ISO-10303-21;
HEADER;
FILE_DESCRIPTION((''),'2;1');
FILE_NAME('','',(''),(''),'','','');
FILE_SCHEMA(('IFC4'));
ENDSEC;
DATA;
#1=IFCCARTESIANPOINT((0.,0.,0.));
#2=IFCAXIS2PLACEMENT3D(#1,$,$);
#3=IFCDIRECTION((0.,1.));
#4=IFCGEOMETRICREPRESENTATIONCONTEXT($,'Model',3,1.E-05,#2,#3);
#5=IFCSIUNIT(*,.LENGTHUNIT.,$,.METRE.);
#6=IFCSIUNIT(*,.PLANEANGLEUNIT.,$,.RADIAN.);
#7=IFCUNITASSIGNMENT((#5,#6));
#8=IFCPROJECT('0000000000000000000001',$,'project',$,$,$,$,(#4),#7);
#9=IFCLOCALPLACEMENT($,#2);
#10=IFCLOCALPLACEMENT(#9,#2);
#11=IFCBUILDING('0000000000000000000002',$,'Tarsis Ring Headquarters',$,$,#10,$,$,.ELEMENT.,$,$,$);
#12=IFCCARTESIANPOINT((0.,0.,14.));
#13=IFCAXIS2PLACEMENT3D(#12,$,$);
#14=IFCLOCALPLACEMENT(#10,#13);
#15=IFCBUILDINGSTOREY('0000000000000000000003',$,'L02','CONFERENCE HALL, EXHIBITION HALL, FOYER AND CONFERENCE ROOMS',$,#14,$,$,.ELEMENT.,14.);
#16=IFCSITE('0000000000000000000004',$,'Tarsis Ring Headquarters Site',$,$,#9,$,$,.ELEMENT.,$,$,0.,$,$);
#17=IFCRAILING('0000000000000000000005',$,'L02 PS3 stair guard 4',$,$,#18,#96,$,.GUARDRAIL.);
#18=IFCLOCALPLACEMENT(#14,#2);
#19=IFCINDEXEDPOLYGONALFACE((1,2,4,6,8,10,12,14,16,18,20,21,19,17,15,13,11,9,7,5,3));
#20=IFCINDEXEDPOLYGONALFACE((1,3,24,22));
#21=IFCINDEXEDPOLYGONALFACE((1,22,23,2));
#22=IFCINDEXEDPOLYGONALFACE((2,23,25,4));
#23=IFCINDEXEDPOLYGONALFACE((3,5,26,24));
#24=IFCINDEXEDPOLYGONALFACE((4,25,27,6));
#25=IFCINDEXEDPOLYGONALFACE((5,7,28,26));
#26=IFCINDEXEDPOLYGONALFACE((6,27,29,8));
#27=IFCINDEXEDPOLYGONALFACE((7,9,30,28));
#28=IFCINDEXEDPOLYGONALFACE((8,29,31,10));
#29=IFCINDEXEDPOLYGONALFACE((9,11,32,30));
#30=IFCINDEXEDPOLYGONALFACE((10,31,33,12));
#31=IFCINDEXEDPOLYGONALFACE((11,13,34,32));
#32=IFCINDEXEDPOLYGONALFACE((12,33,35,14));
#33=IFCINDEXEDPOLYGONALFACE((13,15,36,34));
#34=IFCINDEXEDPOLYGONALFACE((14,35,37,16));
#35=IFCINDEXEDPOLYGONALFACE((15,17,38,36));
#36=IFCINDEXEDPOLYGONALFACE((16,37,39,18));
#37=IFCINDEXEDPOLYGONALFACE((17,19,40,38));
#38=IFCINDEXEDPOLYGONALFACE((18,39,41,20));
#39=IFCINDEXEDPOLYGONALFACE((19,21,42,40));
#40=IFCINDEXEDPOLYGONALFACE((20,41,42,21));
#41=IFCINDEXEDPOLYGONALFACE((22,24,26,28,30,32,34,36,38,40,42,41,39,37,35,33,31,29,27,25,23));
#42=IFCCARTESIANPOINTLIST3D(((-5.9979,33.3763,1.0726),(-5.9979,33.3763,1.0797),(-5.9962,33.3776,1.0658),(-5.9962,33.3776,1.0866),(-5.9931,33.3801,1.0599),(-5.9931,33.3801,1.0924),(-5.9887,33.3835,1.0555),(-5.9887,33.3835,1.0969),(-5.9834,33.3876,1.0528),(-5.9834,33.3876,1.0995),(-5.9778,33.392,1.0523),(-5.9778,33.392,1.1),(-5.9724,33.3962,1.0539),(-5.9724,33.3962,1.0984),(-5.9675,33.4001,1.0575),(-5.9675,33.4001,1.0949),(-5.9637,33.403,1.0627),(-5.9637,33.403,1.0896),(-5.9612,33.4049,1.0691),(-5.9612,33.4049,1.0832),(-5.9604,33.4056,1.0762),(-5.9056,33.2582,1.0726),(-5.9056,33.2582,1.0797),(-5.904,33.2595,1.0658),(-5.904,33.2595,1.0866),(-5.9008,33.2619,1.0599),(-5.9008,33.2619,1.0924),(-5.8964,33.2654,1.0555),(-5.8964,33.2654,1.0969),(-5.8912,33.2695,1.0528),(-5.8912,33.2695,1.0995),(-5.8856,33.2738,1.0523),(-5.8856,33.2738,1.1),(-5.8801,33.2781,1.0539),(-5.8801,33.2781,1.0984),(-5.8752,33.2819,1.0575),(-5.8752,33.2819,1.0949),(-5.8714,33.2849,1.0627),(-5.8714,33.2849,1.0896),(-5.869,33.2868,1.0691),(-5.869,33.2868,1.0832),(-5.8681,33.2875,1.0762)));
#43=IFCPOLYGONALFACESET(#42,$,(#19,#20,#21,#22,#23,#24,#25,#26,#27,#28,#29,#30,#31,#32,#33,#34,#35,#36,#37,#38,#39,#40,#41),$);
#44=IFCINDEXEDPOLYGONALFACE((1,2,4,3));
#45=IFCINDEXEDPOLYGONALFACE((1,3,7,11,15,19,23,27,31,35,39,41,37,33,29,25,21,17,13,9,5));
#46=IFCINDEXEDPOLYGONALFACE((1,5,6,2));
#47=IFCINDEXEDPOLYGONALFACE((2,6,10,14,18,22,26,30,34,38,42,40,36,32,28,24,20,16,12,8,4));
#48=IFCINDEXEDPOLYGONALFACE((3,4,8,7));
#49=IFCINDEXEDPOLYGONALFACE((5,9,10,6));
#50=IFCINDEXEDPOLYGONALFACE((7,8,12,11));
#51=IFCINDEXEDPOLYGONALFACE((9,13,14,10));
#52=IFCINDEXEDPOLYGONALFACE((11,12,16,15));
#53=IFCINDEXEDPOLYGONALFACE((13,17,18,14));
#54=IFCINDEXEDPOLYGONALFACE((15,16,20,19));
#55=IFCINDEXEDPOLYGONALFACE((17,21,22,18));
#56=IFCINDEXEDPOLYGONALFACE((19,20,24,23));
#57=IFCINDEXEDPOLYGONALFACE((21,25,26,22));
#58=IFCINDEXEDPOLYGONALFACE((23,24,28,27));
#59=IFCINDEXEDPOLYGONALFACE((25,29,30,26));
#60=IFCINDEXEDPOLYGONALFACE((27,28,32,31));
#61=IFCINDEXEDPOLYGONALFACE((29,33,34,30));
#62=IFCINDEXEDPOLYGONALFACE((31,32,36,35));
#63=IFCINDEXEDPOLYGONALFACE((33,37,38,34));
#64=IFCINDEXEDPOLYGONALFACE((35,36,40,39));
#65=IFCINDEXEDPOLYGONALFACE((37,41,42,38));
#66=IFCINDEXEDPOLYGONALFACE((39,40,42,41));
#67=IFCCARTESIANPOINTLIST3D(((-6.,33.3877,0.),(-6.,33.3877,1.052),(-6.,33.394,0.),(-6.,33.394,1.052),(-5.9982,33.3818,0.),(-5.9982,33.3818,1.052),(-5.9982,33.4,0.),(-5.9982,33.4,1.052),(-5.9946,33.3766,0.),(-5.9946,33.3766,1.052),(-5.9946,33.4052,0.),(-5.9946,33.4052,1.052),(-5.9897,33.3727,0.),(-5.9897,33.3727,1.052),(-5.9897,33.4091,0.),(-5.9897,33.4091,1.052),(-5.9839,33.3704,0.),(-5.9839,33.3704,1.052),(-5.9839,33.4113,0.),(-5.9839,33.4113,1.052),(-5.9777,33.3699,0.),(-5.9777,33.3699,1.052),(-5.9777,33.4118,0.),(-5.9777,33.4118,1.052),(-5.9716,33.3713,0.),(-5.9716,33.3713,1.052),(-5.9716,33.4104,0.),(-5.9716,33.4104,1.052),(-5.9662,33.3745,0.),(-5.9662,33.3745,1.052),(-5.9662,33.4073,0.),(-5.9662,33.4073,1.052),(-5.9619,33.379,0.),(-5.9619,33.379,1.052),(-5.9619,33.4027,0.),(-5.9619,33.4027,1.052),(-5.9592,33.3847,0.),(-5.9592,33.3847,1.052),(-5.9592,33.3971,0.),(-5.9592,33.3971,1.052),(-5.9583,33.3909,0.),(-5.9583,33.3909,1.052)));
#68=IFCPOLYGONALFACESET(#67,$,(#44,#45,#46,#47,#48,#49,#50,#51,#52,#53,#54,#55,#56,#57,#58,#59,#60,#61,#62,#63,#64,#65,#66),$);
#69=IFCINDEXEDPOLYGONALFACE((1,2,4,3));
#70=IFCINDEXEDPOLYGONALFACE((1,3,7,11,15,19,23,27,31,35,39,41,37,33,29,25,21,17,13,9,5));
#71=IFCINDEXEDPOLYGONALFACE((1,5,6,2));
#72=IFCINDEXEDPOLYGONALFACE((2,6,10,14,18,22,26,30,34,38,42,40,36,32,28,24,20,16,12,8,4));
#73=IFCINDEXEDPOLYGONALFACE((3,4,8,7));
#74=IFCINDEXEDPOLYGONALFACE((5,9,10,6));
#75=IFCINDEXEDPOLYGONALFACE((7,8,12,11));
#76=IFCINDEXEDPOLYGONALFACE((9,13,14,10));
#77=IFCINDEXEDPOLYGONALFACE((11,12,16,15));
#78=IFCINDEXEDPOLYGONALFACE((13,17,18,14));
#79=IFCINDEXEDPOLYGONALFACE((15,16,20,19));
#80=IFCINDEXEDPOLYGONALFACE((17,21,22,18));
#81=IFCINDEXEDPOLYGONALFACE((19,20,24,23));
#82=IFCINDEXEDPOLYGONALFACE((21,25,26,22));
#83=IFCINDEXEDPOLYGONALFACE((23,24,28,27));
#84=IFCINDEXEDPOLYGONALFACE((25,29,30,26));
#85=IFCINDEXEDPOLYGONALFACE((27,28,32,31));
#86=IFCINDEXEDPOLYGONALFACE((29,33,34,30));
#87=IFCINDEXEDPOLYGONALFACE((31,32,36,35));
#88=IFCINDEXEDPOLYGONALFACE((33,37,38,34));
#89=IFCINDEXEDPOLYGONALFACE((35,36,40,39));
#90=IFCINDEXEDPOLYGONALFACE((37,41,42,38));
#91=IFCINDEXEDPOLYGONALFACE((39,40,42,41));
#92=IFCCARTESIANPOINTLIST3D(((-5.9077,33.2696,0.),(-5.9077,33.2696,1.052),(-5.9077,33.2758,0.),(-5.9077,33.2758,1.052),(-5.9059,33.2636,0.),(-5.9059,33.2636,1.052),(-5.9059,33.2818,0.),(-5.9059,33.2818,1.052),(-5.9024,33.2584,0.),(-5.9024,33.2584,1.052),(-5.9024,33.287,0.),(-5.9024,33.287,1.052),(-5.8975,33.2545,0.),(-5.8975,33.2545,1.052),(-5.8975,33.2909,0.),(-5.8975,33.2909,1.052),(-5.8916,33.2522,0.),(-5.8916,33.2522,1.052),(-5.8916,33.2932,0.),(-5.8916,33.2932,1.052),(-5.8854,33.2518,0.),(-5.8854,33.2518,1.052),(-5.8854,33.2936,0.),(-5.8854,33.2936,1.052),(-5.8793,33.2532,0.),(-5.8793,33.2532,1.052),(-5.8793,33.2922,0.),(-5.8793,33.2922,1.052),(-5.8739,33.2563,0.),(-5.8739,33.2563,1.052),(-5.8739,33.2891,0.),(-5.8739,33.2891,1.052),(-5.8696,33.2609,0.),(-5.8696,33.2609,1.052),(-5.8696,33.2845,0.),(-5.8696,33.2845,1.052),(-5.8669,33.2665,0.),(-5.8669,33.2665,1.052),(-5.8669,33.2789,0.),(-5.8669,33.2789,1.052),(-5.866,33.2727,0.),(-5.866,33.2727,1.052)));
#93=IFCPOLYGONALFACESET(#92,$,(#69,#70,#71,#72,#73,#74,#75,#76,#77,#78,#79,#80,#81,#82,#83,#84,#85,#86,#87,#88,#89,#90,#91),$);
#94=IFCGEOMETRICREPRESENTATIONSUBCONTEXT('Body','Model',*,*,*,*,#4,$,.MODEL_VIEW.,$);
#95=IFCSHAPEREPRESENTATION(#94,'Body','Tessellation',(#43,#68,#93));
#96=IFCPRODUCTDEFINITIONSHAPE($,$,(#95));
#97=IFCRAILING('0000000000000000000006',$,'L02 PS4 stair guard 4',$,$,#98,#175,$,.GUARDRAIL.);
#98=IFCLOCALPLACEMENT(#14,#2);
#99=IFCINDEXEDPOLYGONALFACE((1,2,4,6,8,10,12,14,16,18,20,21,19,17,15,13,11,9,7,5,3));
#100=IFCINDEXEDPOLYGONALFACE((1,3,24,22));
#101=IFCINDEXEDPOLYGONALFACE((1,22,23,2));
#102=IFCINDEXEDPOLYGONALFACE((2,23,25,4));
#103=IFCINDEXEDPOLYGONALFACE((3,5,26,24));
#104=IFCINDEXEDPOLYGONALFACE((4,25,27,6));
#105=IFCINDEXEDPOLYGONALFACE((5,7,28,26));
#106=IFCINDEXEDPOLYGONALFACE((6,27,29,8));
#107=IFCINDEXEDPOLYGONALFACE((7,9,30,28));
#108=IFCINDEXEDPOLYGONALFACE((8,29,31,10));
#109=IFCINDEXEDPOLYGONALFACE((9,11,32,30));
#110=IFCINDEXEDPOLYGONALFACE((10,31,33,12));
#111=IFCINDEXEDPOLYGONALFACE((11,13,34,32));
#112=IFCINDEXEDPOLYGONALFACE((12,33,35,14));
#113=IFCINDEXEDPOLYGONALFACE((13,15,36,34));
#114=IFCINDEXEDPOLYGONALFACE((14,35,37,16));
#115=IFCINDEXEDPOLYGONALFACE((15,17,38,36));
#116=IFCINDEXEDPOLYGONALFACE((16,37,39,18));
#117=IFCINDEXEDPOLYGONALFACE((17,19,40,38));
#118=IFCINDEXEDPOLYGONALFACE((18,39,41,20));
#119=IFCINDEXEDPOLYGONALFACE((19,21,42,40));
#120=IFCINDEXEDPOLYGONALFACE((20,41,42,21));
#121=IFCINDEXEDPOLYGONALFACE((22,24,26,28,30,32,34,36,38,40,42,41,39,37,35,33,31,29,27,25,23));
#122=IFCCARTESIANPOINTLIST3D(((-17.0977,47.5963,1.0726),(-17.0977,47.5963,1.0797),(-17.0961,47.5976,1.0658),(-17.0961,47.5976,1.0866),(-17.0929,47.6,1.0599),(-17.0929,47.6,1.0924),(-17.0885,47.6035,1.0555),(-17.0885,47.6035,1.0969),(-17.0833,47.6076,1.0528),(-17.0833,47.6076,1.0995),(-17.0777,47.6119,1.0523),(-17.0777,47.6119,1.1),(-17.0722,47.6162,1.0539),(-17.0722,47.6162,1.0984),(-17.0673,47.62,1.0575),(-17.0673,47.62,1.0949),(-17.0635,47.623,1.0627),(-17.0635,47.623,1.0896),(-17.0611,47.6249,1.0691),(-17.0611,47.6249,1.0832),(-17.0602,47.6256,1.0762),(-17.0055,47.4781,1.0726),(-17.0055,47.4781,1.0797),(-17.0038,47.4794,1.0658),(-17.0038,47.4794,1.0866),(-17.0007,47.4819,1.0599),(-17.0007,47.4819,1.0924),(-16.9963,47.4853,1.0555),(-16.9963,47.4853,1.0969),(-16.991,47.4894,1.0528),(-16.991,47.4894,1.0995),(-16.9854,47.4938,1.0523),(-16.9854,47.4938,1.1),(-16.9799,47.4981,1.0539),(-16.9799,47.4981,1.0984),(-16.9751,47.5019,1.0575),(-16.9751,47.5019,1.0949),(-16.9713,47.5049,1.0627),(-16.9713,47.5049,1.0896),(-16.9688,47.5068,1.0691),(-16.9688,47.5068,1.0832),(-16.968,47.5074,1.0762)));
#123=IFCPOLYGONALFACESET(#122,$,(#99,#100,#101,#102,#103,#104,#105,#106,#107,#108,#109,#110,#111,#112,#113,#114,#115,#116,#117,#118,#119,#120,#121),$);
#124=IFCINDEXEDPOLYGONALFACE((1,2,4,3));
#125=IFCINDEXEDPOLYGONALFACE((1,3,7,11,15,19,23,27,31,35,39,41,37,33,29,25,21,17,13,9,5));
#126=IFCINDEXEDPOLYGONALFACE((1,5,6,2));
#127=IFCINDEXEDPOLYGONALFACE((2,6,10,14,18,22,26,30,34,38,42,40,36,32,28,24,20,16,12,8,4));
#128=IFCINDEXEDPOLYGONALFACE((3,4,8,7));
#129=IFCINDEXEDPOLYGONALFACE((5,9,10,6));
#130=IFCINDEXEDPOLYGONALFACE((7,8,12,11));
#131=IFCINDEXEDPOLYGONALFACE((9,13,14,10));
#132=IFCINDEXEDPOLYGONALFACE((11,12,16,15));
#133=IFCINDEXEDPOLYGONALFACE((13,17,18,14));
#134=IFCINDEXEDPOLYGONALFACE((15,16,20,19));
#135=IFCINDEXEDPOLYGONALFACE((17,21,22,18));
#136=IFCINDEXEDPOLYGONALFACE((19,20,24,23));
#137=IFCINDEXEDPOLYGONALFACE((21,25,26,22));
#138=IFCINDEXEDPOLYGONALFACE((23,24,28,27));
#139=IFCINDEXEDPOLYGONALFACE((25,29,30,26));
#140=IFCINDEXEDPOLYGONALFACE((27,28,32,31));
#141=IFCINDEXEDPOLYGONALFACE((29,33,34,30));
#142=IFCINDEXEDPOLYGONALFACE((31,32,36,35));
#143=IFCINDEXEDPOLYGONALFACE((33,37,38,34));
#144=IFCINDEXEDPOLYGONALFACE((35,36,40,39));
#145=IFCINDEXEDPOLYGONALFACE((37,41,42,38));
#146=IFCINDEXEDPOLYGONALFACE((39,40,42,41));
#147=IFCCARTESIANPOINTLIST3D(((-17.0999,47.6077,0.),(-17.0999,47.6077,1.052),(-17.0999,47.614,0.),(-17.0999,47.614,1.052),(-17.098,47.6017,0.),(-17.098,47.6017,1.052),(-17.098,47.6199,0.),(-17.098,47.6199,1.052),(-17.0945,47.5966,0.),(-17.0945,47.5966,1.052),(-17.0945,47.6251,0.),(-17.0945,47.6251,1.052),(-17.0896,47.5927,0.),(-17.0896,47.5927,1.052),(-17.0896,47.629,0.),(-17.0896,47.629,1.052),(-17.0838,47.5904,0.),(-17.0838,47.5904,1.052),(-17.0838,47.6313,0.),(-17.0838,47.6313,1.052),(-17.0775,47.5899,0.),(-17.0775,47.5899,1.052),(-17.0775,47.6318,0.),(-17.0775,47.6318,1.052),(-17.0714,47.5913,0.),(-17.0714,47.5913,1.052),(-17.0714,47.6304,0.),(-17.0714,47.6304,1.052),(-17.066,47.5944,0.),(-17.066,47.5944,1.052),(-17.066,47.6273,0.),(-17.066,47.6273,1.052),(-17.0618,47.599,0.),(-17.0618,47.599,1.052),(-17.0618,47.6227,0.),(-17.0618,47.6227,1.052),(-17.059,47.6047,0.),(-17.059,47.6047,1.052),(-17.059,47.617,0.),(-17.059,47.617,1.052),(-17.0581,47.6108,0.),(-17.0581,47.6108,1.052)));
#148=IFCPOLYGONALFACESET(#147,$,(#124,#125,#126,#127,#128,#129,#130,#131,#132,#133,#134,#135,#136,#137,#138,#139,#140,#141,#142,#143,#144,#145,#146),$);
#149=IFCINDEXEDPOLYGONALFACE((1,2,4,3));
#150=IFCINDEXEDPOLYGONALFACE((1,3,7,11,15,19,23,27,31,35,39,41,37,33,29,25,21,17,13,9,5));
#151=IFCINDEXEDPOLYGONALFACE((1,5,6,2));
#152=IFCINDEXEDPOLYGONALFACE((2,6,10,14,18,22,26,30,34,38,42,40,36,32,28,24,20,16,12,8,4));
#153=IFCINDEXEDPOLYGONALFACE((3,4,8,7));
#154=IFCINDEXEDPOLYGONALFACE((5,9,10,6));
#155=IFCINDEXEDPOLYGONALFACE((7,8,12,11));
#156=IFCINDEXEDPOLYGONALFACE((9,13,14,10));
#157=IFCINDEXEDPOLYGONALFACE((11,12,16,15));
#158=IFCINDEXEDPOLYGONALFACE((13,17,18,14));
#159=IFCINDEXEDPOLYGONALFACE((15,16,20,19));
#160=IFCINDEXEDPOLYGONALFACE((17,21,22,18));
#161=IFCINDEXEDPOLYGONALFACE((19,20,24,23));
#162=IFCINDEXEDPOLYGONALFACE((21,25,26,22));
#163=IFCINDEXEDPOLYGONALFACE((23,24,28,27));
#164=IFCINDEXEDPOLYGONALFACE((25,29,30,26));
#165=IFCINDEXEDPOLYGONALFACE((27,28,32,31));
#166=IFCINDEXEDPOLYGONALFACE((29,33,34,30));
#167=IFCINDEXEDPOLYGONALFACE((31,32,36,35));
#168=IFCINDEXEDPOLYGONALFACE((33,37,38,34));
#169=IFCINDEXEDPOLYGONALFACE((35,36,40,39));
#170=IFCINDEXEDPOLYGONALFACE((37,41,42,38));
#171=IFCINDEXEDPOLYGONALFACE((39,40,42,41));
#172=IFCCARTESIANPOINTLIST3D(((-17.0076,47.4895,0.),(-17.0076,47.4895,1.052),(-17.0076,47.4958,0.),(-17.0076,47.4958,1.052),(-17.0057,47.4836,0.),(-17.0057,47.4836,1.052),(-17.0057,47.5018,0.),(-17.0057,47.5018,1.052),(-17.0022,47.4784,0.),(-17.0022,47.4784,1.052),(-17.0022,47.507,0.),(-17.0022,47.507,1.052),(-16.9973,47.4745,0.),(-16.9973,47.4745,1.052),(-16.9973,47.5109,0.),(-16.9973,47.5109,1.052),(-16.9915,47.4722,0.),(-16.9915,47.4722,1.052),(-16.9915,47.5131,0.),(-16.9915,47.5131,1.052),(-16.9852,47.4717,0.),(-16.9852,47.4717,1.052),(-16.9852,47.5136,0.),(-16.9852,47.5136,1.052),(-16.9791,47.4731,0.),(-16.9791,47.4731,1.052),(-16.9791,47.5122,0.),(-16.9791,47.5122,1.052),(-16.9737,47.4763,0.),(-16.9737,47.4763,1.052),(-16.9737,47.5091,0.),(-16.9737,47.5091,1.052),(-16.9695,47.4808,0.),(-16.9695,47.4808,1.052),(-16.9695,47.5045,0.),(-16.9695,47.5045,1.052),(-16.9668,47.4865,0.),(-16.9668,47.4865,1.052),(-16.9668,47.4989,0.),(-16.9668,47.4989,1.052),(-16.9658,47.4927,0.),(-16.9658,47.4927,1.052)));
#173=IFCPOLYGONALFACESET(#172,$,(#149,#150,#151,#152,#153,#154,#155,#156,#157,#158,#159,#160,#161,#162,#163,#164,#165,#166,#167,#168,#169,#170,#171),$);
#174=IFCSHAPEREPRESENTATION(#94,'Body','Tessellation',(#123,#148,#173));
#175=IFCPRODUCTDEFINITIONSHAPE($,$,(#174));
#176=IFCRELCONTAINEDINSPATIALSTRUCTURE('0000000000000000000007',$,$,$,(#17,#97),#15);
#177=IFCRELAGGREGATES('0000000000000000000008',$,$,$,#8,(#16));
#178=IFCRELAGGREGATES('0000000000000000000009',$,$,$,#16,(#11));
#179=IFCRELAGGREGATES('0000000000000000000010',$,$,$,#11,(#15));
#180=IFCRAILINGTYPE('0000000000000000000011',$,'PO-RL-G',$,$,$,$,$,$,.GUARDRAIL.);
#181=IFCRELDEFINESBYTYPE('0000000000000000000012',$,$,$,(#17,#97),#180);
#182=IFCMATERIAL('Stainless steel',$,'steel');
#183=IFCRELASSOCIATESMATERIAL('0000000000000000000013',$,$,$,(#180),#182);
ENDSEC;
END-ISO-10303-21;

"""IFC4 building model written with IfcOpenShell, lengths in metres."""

from ifc_helpers import new_model, si_unit, direction, frame, origin, origin_2d, place, context, subcontext, project, spatial, circle, extrude, material, type_object, element, save


model = new_model("IFC4")

# Units and contexts
model_context = context("Model", 3, precision=1e-05, world=origin(), true_north=direction((0.0, 1.0)))
body_context = subcontext(model_context, "Body", "Model", "MODEL_VIEW")
ifc_project = project(units=[si_unit("LENGTHUNIT", "METRE"), si_unit("PLANEANGLEUNIT", "RADIAN")], contexts=[model_context])

# Site, building, storey
site_placement = place(None, origin())
site = spatial("IfcSite", under=ifc_project, at=site_placement, Name="Tarsis Ring Headquarters Site", CompositionType="ELEMENT", RefElevation=0.0)
building_placement = place(site_placement, origin())
building = spatial("IfcBuilding", under=site, at=building_placement, Name="Tarsis Ring Headquarters", CompositionType="ELEMENT")
storey_placement = place(building_placement, frame((0.0, 0.0, 14.0)))
storey = spatial("IfcBuildingStorey", under=building, at=storey_placement, Name="L02", Description="CONFERENCE HALL, EXHIBITION HALL, FOYER AND CONFERENCE ROOMS", CompositionType="ELEMENT", Elevation=14.0)

# Railings
ifc_material_1 = material(Name="Stainless steel", Category="steel")
railing_type_1 = type_object("IfcRailingType", Name="PO-RL-G", PredefinedType="GUARDRAIL", material=ifc_material_1)
railing_1_placement = place(storey_placement, frame((-5.9792, 33.3909, 0.0)))
element("IfcRailing", 1, at=railing_1_placement, inside=storey, type_object=railing_type_1, Name="L02 PS3 stair guard 4", PredefinedType="GUARDRAIL", context=body_context, shape_type="SweptSolid", body=[
    extrude(circle(Radius=0.0239, at=origin_2d()), frame((0.0, 0.0, 1.0762), z_axis=(0.615518, -0.788123, 0.0), x_axis=(0.788123, 0.615518, 0.0)), (0.0, 0.0, 1.0), 0.1499),
    extrude(circle(Radius=0.021, at=origin_2d()), origin(), (0.0, 0.0, 1.0), 1.052),
    extrude(circle(Radius=0.021, at=origin_2d()), frame((0.0923, -0.1182, 0.0)), (0.0, 0.0, 1.0), 1.052),
])
railing_2_placement = place(storey_placement, frame((-17.0791, 47.6108, 0.0)))
element("IfcRailing", 2, at=railing_2_placement, inside=storey, type_object=railing_type_1, Name="L02 PS4 stair guard 4", PredefinedType="GUARDRAIL", context=body_context, shape_type="SweptSolid", body=[
    extrude(circle(Radius=0.0239, at=origin_2d()), frame((0.0, 0.0, 1.0762), z_axis=(0.615518, -0.788123, 0.0), x_axis=(0.788123, 0.615518, 0.0)), (0.0, 0.0, 1.0), 0.1499),
    extrude(circle(Radius=0.021, at=origin_2d()), origin(), (0.0, 0.0, 1.0), 1.052),
    extrude(circle(Radius=0.021, at=origin_2d()), frame((0.0923, -0.1182, 0.0)), (0.0, 0.0, 1.0), 1.052),
])

save(model, "model.ifc")
